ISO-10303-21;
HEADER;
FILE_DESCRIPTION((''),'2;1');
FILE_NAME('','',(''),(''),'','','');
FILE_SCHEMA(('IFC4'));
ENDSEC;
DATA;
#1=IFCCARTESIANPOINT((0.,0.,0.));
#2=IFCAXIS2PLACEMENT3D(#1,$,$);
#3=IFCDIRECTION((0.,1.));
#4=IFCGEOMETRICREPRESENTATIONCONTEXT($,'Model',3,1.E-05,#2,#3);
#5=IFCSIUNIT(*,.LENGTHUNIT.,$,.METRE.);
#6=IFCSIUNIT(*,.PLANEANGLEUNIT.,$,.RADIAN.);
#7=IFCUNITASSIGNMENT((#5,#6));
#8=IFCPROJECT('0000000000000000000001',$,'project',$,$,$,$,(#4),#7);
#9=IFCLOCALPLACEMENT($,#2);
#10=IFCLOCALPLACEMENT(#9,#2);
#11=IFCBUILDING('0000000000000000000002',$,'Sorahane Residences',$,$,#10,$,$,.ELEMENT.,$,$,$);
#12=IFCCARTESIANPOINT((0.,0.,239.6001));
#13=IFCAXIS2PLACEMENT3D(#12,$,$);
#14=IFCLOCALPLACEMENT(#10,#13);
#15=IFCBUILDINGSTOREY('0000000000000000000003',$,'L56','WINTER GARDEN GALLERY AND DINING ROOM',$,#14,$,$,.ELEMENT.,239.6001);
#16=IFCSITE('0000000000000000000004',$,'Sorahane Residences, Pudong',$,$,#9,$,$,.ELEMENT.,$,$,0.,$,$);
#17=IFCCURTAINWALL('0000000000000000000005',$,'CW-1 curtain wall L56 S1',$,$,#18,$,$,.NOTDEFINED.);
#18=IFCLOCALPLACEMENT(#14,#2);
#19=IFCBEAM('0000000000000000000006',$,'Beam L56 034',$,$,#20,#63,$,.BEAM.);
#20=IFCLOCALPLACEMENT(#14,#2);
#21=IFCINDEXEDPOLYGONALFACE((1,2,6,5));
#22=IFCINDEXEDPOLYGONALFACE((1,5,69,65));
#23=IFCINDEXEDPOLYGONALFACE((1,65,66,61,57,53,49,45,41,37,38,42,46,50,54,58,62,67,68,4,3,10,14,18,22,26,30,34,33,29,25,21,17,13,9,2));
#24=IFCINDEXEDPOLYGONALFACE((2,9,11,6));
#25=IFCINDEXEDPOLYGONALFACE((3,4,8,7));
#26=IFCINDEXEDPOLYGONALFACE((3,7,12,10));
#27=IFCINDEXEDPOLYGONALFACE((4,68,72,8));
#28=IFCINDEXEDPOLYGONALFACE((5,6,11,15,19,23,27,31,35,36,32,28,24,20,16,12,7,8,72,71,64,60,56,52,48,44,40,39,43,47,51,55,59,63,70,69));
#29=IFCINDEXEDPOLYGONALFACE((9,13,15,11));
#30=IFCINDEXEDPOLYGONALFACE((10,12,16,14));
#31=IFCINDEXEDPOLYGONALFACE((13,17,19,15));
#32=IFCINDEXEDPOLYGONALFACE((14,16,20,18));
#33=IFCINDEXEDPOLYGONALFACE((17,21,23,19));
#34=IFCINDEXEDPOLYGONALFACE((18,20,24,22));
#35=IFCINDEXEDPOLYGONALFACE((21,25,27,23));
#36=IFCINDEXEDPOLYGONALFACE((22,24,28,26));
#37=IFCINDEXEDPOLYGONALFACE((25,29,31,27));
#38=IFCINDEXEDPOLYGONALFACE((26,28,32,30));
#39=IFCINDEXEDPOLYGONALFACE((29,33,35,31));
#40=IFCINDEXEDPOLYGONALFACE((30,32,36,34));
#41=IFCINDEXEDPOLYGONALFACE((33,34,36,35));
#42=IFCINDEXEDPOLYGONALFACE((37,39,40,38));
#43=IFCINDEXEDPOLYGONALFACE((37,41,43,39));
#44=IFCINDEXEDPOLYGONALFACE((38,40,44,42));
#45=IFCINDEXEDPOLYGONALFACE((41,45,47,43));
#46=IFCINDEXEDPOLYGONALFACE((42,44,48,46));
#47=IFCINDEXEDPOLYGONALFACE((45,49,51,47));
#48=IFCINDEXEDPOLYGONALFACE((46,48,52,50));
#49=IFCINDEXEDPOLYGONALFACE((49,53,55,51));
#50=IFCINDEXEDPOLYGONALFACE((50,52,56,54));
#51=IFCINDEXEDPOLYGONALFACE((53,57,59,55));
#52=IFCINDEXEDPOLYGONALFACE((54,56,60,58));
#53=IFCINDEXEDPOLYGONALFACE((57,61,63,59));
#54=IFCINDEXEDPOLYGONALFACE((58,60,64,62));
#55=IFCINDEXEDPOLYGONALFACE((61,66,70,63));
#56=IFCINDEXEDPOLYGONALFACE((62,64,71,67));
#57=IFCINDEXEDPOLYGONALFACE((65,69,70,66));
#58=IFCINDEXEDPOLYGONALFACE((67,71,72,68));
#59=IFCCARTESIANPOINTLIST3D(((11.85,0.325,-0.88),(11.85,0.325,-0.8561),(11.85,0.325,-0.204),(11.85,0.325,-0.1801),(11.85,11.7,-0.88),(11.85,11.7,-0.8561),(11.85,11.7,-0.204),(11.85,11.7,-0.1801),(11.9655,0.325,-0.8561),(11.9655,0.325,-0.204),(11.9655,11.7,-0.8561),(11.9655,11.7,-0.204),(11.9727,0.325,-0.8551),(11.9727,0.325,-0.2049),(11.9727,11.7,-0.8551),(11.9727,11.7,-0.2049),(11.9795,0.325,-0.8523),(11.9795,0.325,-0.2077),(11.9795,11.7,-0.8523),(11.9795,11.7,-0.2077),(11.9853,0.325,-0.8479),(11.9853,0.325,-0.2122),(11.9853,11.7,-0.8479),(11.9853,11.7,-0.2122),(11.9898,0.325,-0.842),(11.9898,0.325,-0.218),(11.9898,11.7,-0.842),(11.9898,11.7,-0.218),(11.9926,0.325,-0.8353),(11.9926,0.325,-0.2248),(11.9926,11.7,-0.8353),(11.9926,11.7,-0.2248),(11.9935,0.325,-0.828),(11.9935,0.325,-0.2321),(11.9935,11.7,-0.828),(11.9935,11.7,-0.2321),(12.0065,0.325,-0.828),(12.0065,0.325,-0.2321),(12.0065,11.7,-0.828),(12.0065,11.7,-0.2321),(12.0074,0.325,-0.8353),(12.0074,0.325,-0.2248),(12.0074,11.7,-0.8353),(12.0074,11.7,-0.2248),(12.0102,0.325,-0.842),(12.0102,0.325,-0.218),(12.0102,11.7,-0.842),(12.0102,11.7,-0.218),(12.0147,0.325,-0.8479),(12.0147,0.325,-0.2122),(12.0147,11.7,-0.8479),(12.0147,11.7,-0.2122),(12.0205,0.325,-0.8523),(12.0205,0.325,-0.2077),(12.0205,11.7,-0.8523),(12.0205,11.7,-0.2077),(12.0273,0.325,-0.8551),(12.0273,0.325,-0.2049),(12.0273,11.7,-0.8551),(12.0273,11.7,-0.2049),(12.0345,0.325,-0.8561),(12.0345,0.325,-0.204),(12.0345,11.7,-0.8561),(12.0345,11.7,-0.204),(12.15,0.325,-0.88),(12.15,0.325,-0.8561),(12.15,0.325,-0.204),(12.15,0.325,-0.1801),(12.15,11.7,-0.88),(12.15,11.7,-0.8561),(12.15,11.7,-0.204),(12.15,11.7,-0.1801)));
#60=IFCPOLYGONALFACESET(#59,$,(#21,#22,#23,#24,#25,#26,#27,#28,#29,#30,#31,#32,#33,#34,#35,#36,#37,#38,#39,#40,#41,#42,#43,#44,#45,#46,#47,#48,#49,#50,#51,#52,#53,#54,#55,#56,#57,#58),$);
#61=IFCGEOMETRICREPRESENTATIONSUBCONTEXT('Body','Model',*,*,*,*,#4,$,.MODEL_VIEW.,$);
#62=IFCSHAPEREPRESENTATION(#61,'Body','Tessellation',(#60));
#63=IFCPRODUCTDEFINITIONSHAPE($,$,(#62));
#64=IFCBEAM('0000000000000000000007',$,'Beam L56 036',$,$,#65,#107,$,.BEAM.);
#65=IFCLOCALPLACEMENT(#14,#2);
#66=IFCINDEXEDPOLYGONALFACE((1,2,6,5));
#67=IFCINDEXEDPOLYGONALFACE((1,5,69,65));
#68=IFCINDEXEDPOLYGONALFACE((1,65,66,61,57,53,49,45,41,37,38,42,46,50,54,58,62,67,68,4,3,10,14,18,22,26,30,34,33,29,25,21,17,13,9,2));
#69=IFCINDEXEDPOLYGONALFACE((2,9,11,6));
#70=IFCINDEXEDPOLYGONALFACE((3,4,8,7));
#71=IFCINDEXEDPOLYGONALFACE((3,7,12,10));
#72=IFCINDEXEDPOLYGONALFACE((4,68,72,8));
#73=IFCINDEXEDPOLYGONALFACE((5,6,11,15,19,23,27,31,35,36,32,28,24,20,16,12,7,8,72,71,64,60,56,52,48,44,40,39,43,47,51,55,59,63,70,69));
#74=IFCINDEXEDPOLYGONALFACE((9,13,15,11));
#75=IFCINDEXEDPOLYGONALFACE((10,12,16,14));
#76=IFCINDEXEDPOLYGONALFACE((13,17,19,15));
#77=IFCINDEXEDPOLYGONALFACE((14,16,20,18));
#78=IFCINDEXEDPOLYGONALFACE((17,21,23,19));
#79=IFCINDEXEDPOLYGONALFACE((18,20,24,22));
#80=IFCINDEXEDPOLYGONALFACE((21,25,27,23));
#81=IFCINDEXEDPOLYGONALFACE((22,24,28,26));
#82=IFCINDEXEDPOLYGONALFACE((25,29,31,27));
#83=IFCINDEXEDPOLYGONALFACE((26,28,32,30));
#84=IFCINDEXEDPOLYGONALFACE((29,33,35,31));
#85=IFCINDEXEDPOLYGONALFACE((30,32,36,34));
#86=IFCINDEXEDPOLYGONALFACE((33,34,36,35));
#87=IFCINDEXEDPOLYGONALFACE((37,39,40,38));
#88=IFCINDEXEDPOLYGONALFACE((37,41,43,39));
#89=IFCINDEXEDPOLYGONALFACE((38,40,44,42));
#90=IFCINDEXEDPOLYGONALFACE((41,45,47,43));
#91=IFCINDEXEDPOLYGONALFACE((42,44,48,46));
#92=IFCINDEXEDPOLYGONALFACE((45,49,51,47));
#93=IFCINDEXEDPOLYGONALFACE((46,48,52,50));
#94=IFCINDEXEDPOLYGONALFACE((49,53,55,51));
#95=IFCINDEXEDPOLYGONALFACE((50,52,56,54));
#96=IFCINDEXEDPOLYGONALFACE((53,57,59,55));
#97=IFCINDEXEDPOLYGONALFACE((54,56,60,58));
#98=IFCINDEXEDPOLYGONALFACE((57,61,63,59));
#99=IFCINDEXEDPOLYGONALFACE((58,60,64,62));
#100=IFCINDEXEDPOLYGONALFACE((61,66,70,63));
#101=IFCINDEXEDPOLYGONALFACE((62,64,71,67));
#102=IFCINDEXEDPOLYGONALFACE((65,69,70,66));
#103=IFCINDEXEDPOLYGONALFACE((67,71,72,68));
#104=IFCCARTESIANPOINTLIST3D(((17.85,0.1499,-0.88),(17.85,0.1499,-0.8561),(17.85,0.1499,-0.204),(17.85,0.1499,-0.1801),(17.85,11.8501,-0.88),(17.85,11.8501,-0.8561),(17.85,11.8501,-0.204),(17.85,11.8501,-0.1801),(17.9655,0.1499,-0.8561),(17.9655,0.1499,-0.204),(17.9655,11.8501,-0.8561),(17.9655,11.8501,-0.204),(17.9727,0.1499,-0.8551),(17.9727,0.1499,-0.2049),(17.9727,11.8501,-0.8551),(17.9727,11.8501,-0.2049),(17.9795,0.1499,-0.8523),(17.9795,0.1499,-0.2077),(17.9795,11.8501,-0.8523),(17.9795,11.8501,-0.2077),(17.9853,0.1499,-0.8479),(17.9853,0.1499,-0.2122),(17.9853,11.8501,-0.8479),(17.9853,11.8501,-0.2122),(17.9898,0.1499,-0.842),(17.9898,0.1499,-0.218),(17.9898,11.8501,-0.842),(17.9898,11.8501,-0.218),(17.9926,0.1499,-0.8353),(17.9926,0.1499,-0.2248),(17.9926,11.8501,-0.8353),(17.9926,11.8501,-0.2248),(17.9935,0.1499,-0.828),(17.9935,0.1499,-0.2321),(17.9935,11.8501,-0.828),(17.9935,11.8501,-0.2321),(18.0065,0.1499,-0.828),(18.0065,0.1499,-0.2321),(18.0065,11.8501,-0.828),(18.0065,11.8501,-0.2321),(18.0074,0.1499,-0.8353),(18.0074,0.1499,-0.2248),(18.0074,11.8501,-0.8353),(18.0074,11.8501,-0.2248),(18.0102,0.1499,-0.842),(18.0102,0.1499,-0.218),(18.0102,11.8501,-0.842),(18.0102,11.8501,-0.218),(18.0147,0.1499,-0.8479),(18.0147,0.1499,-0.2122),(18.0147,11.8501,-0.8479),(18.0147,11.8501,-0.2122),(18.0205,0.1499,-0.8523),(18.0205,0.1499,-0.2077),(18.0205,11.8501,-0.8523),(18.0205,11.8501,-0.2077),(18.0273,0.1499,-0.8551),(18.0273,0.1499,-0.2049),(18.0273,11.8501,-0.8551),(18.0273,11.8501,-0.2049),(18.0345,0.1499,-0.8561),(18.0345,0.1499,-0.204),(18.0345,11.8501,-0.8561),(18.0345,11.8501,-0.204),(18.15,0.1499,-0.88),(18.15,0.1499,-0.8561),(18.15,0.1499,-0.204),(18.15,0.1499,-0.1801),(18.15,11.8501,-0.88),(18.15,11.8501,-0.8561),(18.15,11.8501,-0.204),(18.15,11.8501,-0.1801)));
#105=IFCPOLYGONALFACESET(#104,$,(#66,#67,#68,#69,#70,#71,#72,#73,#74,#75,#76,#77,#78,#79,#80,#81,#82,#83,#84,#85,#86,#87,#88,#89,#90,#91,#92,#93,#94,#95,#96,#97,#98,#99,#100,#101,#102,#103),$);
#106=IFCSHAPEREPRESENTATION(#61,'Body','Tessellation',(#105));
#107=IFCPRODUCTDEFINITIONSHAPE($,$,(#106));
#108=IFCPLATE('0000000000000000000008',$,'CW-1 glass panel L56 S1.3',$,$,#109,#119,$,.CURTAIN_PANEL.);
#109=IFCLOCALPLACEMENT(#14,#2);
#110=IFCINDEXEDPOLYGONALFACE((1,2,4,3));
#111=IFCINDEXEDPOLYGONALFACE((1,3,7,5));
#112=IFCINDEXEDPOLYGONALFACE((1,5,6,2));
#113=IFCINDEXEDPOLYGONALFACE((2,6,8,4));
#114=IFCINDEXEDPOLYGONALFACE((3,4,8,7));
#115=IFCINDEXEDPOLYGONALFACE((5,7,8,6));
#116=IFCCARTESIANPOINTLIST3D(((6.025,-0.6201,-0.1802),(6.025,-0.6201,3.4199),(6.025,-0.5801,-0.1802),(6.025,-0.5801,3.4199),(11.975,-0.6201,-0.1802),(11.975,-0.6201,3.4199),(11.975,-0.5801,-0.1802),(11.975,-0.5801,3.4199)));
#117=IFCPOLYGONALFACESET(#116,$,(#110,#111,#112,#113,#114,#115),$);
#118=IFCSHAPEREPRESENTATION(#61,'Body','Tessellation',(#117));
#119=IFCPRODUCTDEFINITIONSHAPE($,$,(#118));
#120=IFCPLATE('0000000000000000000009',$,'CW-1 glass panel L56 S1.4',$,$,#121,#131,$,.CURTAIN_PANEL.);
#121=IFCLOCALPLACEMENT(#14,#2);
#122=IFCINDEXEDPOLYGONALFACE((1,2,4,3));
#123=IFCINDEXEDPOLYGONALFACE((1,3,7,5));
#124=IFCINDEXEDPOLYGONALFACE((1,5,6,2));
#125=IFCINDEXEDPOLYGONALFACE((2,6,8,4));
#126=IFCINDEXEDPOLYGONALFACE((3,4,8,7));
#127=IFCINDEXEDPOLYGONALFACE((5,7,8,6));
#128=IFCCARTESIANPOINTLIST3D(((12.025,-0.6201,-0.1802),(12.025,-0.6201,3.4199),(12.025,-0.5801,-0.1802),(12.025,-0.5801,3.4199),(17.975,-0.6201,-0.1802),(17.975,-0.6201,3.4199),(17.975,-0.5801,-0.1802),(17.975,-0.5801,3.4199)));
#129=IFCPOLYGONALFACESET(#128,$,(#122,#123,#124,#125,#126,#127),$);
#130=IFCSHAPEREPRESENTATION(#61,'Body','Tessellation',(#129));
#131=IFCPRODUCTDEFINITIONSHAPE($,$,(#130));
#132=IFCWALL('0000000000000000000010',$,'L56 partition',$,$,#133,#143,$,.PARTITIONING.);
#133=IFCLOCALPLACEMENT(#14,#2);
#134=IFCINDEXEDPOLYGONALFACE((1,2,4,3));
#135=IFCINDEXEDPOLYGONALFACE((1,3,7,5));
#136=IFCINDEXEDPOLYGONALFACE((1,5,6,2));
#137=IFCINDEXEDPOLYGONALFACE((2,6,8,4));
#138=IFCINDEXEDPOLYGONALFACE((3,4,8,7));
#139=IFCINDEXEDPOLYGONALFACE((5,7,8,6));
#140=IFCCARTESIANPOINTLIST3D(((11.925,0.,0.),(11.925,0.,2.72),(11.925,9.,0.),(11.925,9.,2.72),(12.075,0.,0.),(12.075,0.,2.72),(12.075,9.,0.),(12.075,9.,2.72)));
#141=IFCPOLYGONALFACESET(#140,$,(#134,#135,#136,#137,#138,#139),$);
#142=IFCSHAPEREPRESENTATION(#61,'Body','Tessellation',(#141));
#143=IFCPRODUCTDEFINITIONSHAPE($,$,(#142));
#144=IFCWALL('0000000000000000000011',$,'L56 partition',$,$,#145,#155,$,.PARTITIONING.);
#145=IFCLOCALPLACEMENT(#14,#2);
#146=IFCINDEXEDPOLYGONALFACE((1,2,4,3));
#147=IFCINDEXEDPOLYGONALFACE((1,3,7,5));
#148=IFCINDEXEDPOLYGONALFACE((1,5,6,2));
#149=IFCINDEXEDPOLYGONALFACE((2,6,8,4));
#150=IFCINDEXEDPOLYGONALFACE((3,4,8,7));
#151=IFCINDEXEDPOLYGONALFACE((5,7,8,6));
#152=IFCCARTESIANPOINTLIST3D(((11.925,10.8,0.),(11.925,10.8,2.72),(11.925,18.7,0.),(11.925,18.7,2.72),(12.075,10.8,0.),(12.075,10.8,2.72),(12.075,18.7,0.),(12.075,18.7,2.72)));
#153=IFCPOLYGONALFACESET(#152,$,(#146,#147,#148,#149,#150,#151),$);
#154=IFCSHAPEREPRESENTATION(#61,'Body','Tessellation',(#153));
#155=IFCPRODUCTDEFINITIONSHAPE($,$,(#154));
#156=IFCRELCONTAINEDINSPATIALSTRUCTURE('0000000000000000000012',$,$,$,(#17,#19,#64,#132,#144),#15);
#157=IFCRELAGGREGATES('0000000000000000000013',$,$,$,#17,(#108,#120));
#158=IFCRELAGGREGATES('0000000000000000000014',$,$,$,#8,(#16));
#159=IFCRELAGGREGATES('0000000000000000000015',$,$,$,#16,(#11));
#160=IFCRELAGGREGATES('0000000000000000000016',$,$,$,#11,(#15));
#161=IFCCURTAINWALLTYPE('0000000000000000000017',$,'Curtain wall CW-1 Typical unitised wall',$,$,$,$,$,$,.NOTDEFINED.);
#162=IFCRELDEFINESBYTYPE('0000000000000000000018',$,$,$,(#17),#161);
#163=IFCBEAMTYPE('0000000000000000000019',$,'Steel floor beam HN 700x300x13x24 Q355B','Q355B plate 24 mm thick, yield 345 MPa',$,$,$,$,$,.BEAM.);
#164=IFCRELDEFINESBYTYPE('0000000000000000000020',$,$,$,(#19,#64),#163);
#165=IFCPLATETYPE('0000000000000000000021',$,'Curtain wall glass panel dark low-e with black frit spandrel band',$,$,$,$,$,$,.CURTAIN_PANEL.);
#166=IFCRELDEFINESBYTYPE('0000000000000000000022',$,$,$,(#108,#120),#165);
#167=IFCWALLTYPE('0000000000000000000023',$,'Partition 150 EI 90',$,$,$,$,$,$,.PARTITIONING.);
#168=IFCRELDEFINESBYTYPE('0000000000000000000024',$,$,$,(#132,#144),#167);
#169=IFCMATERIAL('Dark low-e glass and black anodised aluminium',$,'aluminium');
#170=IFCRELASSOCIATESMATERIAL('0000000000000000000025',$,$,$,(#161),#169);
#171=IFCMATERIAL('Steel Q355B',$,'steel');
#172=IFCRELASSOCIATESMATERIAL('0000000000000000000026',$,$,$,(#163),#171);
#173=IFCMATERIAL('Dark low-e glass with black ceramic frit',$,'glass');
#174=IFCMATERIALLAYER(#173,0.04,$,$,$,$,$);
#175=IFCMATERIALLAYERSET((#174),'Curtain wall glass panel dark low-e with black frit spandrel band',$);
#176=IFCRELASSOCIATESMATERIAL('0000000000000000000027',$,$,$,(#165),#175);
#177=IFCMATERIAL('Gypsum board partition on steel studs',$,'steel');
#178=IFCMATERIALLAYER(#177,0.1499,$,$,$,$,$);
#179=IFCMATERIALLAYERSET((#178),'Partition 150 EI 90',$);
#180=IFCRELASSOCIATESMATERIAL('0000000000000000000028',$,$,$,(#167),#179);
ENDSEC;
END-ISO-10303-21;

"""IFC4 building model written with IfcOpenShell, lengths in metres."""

from ifc_helpers import new_model, si_unit, direction, frame, frame_2d, origin, origin_2d, place, context, subcontext, project, spatial, rectangle, i_section, extrude, material, layer, layer_set, material_profile, profile_set, type_object, element, aggregate, save


model = new_model("IFC4")

# Units and contexts
model_context = context("Model", 3, precision=1e-05, world=origin(), true_north=direction((0.0, 1.0)))
body_context = subcontext(model_context, "Body", "Model", "MODEL_VIEW")
ifc_project = project(units=[si_unit("LENGTHUNIT", "METRE"), si_unit("PLANEANGLEUNIT", "RADIAN")], contexts=[model_context])

# Site, building, storey
site_placement = place(None, origin())
site = spatial("IfcSite", under=ifc_project, at=site_placement, Name="Sorahane Residences, Pudong", CompositionType="ELEMENT", RefElevation=0.0)
building_placement = place(site_placement, origin())
building = spatial("IfcBuilding", under=site, at=building_placement, Name="Sorahane Residences", CompositionType="ELEMENT")
storey_placement = place(building_placement, frame((0.0, 0.0, 239.6001)))
storey = spatial("IfcBuildingStorey", under=building, at=storey_placement, Name="L56", Description="WINTER GARDEN GALLERY AND DINING ROOM", CompositionType="ELEMENT", Elevation=239.6001)

# Curtain wall
ifc_material_1 = material(Name="Dark low-e glass and black anodised aluminium", Category="aluminium")
curtain_wall_type = type_object("IfcCurtainWallType", Name="Curtain wall CW-1 Typical unitised wall", PredefinedType="NOTDEFINED", material=ifc_material_1)
curtain_wall_placement = place(storey_placement, origin())
curtain_wall = element("IfcCurtainWall", 1, at=curtain_wall_placement, inside=storey, type_object=curtain_wall_type, Name="CW-1 curtain wall L56 S1", PredefinedType="NOTDEFINED")

# Beams
ifc_material_2 = material(Name="Steel Q355B", Category="steel")
ifc_material_profile_1 = material_profile(ifc_material_2, i_section(OverallWidth=0.3, OverallDepth=0.7, WebThickness=0.0129, FlangeThickness=0.0239, FilletRadius=0.0281, at=origin_2d()), Name="HN 700x300x13x24")
ifc_profile_set_1 = profile_set([ifc_material_profile_1], Name="Steel Q355B")
beam_type_1 = type_object("IfcBeamType", Name="Steel floor beam HN 700x300x13x24 Q355B", Description="Q355B plate 24 mm thick, yield 345 MPa", PredefinedType="BEAM", material=ifc_profile_set_1)
beam_1_placement = place(storey_placement, frame((12.0, 0.325, -0.53), z_axis=(0.0, 1.0, 0.0), x_axis=(-1.0, 0.0, 0.0)))
element("IfcBeam", 2, at=beam_1_placement, inside=storey, type_object=beam_type_1, Name="Beam L56 034", PredefinedType="BEAM", context=body_context, shape_type="SweptSolid", body=[
    extrude(i_section(OverallWidth=0.3, OverallDepth=0.7, WebThickness=0.0129, FlangeThickness=0.0239, FilletRadius=0.0281, at=origin_2d()), origin(), (0.0, 0.0, 1.0), 11.375),
])
beam_2_placement = place(storey_placement, frame((18.0, 0.1499, -0.53), z_axis=(0.0, 1.0, 0.0), x_axis=(-1.0, 0.0, 0.0)))
element("IfcBeam", 3, at=beam_2_placement, inside=storey, type_object=beam_type_1, Name="Beam L56 036", PredefinedType="BEAM", context=body_context, shape_type="SweptSolid", body=[
    extrude(i_section(OverallWidth=0.3, OverallDepth=0.7, WebThickness=0.0129, FlangeThickness=0.0239, FilletRadius=0.0281, at=origin_2d()), origin(), (0.0, 0.0, 1.0), 11.7002),
])

# Plates
ifc_material_3 = material(Name="Dark low-e glass with black ceramic frit", Category="glass")
ifc_layer_1 = layer(ifc_material_3, 0.04)
ifc_layer_set_1 = layer_set([ifc_layer_1], Name="Curtain wall glass panel dark low-e with black frit spandrel band")
plate_type = type_object("IfcPlateType", Name="Curtain wall glass panel dark low-e with black frit spandrel band", PredefinedType="CURTAIN_PANEL", material=ifc_layer_set_1)
plate_1_placement = place(storey_placement, frame((9.0, -0.6001, -0.1802), z_axis=(0.0, 0.0, 1.0), x_axis=(1.0, 0.0, 0.0)))
plate_1 = element("IfcPlate", 4, at=plate_1_placement, type_object=plate_type, Name="CW-1 glass panel L56 S1.3", PredefinedType="CURTAIN_PANEL", context=body_context, shape_type="SweptSolid", body=[
    extrude(rectangle(XDim=5.95, YDim=0.04, at=origin_2d()), origin(), (0.0, 0.0, 1.0), 3.6001),
])
plate_2_placement = place(storey_placement, frame((15.0, -0.6001, -0.1802), z_axis=(0.0, 0.0, 1.0), x_axis=(1.0, 0.0, 0.0)))
plate_2 = element("IfcPlate", 5, at=plate_2_placement, type_object=plate_type, Name="CW-1 glass panel L56 S1.4", PredefinedType="CURTAIN_PANEL", context=body_context, shape_type="SweptSolid", body=[
    extrude(rectangle(XDim=5.95, YDim=0.04, at=origin_2d()), origin(), (0.0, 0.0, 1.0), 3.6001),
])
aggregate(curtain_wall, [plate_1, plate_2])

# Walls
ifc_material_4 = material(Name="Gypsum board partition on steel studs", Category="steel")
ifc_layer_2 = layer(ifc_material_4, 0.1499)
ifc_layer_set_2 = layer_set([ifc_layer_2], Name="Partition 150 EI 90")
wall_type = type_object("IfcWallType", Name="Partition 150 EI 90", PredefinedType="PARTITIONING", material=ifc_layer_set_2)
wall_1_placement = place(storey_placement, frame((12.0, 0.0, 0.0), z_axis=(0.0, 0.0, 1.0), x_axis=(0.0, 1.0, 0.0)))
element("IfcWall", 6, at=wall_1_placement, inside=storey, type_object=wall_type, Name="L56 partition", PredefinedType="PARTITIONING", context=body_context, shape_type="SweptSolid", body=[
    extrude(rectangle(XDim=9.0, YDim=0.1499, at=frame_2d((4.5, 0.0))), origin(), (0.0, 0.0, 1.0), 2.72),
])
wall_2_placement = place(storey_placement, frame((12.0, 10.8, 0.0), z_axis=(0.0, 0.0, 1.0), x_axis=(0.0, 1.0, 0.0)))
element("IfcWall", 7, at=wall_2_placement, inside=storey, type_object=wall_type, Name="L56 partition", PredefinedType="PARTITIONING", context=body_context, shape_type="SweptSolid", body=[
    extrude(rectangle(XDim=7.8999, YDim=0.1499, at=frame_2d((3.95, 0.0))), origin(), (0.0, 0.0, 1.0), 2.72),
])

save(model, "model.ifc")
